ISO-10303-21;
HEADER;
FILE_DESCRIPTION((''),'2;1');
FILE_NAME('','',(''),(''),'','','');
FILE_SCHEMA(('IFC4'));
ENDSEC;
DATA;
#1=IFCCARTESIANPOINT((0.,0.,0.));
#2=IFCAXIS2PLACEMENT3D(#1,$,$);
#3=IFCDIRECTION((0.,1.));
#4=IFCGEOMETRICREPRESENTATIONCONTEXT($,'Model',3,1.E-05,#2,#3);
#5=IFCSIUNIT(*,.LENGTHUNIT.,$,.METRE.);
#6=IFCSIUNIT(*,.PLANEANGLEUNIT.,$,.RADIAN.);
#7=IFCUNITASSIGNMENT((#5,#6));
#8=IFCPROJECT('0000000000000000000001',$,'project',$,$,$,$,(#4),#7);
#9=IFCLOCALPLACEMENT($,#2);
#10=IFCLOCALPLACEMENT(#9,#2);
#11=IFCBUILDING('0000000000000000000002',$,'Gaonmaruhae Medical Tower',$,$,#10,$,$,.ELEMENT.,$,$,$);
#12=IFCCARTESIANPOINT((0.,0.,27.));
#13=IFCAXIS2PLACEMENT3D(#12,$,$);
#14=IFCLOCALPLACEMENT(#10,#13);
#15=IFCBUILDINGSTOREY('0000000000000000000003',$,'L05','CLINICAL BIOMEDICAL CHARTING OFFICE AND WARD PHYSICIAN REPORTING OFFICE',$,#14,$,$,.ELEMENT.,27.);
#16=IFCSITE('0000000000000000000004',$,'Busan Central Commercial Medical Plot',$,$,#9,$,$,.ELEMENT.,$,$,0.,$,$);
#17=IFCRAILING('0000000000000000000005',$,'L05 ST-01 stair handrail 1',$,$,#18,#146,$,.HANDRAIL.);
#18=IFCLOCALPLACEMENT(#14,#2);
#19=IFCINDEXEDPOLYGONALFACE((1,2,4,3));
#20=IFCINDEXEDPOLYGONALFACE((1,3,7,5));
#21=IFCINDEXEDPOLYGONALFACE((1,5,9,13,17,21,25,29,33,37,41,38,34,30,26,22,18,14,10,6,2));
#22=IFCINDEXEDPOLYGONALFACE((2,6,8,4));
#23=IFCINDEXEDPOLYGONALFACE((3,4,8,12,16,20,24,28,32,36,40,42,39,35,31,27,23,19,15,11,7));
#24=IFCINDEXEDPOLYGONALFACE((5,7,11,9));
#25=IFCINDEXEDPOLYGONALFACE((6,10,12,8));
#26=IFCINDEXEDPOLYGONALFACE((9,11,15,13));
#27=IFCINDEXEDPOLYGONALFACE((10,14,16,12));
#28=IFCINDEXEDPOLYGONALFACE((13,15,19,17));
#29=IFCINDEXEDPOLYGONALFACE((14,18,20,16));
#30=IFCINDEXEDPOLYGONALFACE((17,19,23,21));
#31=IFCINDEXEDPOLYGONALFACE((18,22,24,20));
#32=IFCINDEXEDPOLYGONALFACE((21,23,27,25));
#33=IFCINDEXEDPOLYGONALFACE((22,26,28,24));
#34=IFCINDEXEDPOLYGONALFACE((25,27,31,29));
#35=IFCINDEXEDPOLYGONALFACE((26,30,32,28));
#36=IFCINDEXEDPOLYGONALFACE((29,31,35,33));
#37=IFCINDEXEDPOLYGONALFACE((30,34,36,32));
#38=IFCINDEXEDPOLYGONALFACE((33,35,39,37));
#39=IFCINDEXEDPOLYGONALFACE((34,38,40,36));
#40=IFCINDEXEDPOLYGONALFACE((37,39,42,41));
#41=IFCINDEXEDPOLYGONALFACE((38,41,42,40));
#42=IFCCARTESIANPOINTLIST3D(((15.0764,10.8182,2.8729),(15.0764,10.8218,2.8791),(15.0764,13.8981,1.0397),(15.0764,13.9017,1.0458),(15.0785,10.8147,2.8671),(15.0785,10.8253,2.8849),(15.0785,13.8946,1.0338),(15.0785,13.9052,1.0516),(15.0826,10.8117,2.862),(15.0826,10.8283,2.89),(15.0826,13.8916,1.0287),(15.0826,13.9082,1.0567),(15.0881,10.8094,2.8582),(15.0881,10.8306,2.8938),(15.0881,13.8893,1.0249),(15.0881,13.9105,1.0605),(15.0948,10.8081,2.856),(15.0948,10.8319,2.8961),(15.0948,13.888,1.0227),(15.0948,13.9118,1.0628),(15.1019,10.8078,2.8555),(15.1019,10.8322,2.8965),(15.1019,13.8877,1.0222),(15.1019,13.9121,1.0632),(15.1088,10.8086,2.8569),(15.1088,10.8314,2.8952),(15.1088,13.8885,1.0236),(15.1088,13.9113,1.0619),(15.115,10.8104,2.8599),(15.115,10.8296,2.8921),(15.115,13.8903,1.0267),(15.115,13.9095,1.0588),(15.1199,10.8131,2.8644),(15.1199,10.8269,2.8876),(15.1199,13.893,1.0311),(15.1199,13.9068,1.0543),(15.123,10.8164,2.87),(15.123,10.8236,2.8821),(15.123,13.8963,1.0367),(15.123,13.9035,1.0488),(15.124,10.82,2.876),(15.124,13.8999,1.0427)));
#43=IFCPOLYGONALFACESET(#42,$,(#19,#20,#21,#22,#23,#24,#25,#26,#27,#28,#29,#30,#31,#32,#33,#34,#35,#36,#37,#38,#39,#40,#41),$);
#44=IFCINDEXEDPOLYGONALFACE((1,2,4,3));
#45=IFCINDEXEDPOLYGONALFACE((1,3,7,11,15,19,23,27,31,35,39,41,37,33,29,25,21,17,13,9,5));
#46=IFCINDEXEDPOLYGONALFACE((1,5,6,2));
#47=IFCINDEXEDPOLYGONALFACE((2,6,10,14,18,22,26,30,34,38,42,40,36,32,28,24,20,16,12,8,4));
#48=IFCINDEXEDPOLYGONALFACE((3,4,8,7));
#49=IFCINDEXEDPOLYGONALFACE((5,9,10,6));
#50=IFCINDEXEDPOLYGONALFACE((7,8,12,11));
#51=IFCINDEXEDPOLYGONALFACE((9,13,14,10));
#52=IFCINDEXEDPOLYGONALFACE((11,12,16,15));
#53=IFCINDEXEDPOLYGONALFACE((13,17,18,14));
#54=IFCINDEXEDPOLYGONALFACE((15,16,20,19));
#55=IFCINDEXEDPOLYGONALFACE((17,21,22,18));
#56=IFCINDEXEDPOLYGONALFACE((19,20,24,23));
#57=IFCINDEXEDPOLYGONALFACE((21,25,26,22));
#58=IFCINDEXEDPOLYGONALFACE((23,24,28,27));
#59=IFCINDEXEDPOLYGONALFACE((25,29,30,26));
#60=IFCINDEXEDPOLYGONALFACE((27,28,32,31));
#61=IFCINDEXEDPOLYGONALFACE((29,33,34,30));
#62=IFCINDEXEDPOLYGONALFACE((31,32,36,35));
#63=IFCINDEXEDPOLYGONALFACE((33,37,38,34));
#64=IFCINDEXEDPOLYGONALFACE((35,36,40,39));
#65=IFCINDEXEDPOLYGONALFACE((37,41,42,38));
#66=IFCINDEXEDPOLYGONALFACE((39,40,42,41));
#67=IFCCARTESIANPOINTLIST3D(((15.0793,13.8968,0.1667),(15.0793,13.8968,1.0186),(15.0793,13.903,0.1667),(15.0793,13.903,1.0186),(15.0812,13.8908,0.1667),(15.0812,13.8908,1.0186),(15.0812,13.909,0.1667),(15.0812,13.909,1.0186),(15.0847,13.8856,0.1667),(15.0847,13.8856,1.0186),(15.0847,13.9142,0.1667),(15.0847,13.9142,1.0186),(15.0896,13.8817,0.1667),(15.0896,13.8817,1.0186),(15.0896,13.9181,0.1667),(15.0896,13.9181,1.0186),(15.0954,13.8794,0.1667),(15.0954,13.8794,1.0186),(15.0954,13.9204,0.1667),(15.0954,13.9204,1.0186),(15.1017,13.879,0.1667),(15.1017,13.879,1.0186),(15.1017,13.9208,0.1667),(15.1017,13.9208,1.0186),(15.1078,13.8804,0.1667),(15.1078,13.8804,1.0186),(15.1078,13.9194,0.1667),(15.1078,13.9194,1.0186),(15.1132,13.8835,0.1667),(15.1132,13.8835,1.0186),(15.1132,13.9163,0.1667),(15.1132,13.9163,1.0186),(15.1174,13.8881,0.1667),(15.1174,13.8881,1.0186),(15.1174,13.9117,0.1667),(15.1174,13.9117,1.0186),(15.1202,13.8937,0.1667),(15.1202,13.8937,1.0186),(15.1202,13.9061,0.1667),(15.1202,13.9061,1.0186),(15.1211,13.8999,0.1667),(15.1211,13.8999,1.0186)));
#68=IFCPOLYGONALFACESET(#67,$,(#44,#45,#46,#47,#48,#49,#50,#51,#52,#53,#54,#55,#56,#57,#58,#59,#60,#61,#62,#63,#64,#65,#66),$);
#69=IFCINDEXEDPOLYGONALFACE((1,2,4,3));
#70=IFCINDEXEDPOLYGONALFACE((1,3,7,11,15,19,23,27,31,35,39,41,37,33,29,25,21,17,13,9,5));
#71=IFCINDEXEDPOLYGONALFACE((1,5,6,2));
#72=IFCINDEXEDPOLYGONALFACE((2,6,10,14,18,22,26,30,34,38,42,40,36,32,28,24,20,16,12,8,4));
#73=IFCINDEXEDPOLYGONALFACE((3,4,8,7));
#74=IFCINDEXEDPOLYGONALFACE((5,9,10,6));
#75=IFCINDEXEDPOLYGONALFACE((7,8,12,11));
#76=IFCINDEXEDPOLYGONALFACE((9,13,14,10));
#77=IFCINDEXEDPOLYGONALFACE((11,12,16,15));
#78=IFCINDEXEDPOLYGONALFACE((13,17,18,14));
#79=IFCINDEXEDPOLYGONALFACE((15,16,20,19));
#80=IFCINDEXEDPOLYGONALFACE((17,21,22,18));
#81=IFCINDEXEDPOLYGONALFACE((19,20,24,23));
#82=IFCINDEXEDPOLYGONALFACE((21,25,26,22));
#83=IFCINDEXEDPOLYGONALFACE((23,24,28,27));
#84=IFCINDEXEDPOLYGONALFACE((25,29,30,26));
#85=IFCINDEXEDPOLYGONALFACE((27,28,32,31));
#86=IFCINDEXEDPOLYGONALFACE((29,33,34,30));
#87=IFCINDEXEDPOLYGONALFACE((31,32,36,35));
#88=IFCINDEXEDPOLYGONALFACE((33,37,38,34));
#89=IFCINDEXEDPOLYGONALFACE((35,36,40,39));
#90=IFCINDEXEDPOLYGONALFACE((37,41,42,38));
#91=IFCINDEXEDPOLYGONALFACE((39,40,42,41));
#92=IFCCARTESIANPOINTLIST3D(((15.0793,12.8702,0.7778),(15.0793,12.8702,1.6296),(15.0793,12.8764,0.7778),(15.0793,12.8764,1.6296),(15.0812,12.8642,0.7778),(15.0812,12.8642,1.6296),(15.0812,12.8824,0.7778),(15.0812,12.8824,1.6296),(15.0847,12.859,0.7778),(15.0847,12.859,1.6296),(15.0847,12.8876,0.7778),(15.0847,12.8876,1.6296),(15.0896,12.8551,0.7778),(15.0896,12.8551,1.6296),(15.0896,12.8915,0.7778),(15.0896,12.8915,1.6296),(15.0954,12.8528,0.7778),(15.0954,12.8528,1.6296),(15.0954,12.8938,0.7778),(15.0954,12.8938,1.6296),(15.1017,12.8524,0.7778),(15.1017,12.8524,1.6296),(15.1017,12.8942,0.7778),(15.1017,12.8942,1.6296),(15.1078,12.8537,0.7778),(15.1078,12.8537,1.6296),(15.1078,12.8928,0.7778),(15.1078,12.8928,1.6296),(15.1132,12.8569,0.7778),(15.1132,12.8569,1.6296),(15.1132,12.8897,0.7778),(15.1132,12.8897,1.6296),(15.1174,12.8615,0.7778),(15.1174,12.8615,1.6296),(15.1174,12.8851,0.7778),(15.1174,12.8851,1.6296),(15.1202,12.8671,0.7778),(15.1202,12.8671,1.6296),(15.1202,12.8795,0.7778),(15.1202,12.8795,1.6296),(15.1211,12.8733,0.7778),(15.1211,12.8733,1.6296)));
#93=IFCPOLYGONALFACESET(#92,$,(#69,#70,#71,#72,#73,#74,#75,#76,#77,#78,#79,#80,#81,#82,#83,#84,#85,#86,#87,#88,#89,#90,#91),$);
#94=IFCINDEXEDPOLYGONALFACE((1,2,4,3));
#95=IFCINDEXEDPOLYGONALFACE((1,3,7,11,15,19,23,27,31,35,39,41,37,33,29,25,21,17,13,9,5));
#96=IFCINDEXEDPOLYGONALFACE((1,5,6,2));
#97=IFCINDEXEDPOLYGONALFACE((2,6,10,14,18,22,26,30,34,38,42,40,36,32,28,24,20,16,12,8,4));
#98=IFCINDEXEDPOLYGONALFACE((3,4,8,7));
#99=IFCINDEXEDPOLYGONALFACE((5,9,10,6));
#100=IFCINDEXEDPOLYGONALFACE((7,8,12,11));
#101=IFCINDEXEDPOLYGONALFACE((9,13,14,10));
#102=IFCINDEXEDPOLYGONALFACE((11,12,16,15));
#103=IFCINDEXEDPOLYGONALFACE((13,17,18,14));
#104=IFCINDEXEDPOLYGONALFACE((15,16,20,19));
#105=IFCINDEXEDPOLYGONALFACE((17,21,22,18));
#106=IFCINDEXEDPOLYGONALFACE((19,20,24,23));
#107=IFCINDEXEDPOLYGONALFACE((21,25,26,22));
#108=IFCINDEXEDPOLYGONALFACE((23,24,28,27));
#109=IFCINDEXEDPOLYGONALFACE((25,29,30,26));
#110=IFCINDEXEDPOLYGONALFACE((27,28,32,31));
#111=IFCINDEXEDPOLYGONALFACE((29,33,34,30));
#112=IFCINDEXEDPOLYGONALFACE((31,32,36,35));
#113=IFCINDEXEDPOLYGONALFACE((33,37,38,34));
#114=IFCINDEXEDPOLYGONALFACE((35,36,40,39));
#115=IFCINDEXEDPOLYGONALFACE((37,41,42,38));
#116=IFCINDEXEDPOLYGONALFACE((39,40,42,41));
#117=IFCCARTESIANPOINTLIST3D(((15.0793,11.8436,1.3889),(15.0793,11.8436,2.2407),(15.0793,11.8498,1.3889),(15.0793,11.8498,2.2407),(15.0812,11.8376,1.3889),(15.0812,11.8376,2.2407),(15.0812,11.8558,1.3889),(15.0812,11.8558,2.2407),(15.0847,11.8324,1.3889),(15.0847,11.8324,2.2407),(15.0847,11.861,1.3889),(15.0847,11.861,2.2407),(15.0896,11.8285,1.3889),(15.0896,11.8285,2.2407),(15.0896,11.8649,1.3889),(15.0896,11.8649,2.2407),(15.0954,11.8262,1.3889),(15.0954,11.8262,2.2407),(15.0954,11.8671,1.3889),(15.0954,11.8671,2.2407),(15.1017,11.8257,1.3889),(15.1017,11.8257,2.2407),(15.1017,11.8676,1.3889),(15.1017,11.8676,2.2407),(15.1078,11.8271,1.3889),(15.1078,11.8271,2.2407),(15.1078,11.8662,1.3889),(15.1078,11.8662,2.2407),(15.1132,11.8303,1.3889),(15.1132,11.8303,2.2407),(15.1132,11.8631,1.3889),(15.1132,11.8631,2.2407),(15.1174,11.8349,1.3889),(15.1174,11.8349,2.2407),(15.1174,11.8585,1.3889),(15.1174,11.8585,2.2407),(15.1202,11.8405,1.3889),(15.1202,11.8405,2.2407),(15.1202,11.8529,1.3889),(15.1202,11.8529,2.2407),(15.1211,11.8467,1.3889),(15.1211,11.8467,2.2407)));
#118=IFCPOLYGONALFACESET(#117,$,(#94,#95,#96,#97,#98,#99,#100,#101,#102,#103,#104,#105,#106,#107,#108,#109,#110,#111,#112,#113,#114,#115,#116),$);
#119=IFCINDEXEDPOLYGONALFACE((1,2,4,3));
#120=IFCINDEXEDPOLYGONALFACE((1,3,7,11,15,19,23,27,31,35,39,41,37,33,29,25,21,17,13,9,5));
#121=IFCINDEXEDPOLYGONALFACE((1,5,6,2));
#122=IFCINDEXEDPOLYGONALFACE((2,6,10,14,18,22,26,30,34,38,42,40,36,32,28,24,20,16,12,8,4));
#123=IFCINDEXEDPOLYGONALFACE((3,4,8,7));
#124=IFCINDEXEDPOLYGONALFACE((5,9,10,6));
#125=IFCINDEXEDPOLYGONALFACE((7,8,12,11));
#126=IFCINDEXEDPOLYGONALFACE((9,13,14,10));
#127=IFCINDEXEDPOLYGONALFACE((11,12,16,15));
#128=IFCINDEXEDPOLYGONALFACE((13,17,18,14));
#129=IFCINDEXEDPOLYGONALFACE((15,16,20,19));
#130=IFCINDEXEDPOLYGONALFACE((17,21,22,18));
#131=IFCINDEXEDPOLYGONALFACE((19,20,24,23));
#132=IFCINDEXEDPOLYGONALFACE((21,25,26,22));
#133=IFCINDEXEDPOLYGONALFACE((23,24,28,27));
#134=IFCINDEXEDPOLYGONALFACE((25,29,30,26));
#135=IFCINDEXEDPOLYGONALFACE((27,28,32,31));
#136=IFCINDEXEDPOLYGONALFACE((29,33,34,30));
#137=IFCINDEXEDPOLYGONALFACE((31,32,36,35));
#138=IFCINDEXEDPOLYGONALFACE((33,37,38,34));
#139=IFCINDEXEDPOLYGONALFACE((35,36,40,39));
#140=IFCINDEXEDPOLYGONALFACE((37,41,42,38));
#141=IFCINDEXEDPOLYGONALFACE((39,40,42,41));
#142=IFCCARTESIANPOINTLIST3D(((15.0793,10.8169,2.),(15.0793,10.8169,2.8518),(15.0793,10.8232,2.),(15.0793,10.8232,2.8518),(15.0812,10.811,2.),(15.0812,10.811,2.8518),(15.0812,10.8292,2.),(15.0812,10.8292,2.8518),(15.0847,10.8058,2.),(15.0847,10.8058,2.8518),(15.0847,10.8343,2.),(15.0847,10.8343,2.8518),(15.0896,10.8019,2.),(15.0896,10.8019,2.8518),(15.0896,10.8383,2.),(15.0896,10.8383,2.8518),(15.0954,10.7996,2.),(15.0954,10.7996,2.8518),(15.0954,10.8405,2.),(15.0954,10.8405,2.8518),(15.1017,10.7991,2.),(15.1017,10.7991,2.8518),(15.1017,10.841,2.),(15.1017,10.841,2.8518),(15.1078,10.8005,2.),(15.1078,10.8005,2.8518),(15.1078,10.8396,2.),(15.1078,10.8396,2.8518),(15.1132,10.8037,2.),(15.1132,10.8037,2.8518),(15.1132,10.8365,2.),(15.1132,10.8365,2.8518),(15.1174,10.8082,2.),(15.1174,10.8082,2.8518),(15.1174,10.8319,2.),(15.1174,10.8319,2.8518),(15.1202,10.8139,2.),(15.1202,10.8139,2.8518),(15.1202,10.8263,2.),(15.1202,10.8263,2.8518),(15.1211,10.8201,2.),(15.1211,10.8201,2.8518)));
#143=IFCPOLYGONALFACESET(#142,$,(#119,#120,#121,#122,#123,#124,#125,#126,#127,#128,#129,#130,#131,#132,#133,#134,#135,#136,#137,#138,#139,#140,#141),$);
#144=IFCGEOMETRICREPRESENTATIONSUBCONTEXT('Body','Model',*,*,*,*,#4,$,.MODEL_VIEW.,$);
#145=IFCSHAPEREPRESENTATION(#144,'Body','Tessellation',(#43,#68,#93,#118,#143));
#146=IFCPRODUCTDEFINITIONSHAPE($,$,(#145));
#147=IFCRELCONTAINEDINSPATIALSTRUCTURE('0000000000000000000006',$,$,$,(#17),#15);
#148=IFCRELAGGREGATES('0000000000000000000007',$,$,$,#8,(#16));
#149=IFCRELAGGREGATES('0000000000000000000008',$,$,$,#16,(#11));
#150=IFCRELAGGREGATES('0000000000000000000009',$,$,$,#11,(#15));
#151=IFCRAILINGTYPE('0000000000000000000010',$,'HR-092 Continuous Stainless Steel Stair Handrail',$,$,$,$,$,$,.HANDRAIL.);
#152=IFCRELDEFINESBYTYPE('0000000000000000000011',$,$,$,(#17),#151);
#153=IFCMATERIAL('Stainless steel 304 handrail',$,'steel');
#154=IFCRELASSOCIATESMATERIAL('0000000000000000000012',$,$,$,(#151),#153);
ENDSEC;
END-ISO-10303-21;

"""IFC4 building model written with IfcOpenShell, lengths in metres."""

from ifc_helpers import new_model, si_unit, direction, frame, origin, origin_2d, place, context, subcontext, project, spatial, circle, extrude, material, type_object, element, save


model = new_model("IFC4")

# Units and contexts
model_context = context("Model", 3, precision=1e-05, world=origin(), true_north=direction((0.0, 1.0)))
body_context = subcontext(model_context, "Body", "Model", "MODEL_VIEW")
ifc_project = project(units=[si_unit("LENGTHUNIT", "METRE"), si_unit("PLANEANGLEUNIT", "RADIAN")], contexts=[model_context])

# Site, building, storey
site_placement = place(None, origin())
site = spatial("IfcSite", under=ifc_project, at=site_placement, Name="Busan Central Commercial Medical Plot", CompositionType="ELEMENT", RefElevation=0.0)
building_placement = place(site_placement, origin())
building = spatial("IfcBuilding", under=site, at=building_placement, Name="Gaonmaruhae Medical Tower", CompositionType="ELEMENT")
storey_placement = place(building_placement, frame((0.0, 0.0, 27.0)))
storey = spatial("IfcBuildingStorey", under=building, at=storey_placement, Name="L05", Description="CLINICAL BIOMEDICAL CHARTING OFFICE AND WARD PHYSICIAN REPORTING OFFICE", CompositionType="ELEMENT", Elevation=27.0)

# Railing
ifc_material_1 = material(Name="Stainless steel 304 handrail", Category="steel")
railing_type_1 = type_object("IfcRailingType", Name="HR-092 Continuous Stainless Steel Stair Handrail", PredefinedType="HANDRAIL", material=ifc_material_1)
railing_1_placement = place(storey_placement, frame((15.1001, 13.8999, 0.1667)))
element("IfcRailing", 1, at=railing_1_placement, inside=storey, type_object=railing_type_1, Name="L05 ST-01 stair handrail 1", PredefinedType="HANDRAIL", context=body_context, shape_type="SweptSolid", body=[
    extrude(circle(Radius=0.0239, at=origin_2d()), frame((0.0, 0.0, 0.876), z_axis=(0.0, -0.859291, 0.511487), x_axis=(1.0, 0.0, 0.0)), (0.0, 0.0, 1.0), 3.5842),
    extrude(circle(Radius=0.021, at=origin_2d()), origin(), (0.0, 0.0, 1.0), 0.8518),
    extrude(circle(Radius=0.021, at=origin_2d()), frame((0.0, -1.0266, 0.6111)), (0.0, 0.0, 1.0), 0.8518),
    extrude(circle(Radius=0.021, at=origin_2d()), frame((0.0, -2.0532, 1.2222)), (0.0, 0.0, 1.0), 0.8518),
    extrude(circle(Radius=0.021, at=origin_2d()), frame((0.0, -3.0798, 1.8333)), (0.0, 0.0, 1.0), 0.8518),
])

save(model, "model.ifc")
